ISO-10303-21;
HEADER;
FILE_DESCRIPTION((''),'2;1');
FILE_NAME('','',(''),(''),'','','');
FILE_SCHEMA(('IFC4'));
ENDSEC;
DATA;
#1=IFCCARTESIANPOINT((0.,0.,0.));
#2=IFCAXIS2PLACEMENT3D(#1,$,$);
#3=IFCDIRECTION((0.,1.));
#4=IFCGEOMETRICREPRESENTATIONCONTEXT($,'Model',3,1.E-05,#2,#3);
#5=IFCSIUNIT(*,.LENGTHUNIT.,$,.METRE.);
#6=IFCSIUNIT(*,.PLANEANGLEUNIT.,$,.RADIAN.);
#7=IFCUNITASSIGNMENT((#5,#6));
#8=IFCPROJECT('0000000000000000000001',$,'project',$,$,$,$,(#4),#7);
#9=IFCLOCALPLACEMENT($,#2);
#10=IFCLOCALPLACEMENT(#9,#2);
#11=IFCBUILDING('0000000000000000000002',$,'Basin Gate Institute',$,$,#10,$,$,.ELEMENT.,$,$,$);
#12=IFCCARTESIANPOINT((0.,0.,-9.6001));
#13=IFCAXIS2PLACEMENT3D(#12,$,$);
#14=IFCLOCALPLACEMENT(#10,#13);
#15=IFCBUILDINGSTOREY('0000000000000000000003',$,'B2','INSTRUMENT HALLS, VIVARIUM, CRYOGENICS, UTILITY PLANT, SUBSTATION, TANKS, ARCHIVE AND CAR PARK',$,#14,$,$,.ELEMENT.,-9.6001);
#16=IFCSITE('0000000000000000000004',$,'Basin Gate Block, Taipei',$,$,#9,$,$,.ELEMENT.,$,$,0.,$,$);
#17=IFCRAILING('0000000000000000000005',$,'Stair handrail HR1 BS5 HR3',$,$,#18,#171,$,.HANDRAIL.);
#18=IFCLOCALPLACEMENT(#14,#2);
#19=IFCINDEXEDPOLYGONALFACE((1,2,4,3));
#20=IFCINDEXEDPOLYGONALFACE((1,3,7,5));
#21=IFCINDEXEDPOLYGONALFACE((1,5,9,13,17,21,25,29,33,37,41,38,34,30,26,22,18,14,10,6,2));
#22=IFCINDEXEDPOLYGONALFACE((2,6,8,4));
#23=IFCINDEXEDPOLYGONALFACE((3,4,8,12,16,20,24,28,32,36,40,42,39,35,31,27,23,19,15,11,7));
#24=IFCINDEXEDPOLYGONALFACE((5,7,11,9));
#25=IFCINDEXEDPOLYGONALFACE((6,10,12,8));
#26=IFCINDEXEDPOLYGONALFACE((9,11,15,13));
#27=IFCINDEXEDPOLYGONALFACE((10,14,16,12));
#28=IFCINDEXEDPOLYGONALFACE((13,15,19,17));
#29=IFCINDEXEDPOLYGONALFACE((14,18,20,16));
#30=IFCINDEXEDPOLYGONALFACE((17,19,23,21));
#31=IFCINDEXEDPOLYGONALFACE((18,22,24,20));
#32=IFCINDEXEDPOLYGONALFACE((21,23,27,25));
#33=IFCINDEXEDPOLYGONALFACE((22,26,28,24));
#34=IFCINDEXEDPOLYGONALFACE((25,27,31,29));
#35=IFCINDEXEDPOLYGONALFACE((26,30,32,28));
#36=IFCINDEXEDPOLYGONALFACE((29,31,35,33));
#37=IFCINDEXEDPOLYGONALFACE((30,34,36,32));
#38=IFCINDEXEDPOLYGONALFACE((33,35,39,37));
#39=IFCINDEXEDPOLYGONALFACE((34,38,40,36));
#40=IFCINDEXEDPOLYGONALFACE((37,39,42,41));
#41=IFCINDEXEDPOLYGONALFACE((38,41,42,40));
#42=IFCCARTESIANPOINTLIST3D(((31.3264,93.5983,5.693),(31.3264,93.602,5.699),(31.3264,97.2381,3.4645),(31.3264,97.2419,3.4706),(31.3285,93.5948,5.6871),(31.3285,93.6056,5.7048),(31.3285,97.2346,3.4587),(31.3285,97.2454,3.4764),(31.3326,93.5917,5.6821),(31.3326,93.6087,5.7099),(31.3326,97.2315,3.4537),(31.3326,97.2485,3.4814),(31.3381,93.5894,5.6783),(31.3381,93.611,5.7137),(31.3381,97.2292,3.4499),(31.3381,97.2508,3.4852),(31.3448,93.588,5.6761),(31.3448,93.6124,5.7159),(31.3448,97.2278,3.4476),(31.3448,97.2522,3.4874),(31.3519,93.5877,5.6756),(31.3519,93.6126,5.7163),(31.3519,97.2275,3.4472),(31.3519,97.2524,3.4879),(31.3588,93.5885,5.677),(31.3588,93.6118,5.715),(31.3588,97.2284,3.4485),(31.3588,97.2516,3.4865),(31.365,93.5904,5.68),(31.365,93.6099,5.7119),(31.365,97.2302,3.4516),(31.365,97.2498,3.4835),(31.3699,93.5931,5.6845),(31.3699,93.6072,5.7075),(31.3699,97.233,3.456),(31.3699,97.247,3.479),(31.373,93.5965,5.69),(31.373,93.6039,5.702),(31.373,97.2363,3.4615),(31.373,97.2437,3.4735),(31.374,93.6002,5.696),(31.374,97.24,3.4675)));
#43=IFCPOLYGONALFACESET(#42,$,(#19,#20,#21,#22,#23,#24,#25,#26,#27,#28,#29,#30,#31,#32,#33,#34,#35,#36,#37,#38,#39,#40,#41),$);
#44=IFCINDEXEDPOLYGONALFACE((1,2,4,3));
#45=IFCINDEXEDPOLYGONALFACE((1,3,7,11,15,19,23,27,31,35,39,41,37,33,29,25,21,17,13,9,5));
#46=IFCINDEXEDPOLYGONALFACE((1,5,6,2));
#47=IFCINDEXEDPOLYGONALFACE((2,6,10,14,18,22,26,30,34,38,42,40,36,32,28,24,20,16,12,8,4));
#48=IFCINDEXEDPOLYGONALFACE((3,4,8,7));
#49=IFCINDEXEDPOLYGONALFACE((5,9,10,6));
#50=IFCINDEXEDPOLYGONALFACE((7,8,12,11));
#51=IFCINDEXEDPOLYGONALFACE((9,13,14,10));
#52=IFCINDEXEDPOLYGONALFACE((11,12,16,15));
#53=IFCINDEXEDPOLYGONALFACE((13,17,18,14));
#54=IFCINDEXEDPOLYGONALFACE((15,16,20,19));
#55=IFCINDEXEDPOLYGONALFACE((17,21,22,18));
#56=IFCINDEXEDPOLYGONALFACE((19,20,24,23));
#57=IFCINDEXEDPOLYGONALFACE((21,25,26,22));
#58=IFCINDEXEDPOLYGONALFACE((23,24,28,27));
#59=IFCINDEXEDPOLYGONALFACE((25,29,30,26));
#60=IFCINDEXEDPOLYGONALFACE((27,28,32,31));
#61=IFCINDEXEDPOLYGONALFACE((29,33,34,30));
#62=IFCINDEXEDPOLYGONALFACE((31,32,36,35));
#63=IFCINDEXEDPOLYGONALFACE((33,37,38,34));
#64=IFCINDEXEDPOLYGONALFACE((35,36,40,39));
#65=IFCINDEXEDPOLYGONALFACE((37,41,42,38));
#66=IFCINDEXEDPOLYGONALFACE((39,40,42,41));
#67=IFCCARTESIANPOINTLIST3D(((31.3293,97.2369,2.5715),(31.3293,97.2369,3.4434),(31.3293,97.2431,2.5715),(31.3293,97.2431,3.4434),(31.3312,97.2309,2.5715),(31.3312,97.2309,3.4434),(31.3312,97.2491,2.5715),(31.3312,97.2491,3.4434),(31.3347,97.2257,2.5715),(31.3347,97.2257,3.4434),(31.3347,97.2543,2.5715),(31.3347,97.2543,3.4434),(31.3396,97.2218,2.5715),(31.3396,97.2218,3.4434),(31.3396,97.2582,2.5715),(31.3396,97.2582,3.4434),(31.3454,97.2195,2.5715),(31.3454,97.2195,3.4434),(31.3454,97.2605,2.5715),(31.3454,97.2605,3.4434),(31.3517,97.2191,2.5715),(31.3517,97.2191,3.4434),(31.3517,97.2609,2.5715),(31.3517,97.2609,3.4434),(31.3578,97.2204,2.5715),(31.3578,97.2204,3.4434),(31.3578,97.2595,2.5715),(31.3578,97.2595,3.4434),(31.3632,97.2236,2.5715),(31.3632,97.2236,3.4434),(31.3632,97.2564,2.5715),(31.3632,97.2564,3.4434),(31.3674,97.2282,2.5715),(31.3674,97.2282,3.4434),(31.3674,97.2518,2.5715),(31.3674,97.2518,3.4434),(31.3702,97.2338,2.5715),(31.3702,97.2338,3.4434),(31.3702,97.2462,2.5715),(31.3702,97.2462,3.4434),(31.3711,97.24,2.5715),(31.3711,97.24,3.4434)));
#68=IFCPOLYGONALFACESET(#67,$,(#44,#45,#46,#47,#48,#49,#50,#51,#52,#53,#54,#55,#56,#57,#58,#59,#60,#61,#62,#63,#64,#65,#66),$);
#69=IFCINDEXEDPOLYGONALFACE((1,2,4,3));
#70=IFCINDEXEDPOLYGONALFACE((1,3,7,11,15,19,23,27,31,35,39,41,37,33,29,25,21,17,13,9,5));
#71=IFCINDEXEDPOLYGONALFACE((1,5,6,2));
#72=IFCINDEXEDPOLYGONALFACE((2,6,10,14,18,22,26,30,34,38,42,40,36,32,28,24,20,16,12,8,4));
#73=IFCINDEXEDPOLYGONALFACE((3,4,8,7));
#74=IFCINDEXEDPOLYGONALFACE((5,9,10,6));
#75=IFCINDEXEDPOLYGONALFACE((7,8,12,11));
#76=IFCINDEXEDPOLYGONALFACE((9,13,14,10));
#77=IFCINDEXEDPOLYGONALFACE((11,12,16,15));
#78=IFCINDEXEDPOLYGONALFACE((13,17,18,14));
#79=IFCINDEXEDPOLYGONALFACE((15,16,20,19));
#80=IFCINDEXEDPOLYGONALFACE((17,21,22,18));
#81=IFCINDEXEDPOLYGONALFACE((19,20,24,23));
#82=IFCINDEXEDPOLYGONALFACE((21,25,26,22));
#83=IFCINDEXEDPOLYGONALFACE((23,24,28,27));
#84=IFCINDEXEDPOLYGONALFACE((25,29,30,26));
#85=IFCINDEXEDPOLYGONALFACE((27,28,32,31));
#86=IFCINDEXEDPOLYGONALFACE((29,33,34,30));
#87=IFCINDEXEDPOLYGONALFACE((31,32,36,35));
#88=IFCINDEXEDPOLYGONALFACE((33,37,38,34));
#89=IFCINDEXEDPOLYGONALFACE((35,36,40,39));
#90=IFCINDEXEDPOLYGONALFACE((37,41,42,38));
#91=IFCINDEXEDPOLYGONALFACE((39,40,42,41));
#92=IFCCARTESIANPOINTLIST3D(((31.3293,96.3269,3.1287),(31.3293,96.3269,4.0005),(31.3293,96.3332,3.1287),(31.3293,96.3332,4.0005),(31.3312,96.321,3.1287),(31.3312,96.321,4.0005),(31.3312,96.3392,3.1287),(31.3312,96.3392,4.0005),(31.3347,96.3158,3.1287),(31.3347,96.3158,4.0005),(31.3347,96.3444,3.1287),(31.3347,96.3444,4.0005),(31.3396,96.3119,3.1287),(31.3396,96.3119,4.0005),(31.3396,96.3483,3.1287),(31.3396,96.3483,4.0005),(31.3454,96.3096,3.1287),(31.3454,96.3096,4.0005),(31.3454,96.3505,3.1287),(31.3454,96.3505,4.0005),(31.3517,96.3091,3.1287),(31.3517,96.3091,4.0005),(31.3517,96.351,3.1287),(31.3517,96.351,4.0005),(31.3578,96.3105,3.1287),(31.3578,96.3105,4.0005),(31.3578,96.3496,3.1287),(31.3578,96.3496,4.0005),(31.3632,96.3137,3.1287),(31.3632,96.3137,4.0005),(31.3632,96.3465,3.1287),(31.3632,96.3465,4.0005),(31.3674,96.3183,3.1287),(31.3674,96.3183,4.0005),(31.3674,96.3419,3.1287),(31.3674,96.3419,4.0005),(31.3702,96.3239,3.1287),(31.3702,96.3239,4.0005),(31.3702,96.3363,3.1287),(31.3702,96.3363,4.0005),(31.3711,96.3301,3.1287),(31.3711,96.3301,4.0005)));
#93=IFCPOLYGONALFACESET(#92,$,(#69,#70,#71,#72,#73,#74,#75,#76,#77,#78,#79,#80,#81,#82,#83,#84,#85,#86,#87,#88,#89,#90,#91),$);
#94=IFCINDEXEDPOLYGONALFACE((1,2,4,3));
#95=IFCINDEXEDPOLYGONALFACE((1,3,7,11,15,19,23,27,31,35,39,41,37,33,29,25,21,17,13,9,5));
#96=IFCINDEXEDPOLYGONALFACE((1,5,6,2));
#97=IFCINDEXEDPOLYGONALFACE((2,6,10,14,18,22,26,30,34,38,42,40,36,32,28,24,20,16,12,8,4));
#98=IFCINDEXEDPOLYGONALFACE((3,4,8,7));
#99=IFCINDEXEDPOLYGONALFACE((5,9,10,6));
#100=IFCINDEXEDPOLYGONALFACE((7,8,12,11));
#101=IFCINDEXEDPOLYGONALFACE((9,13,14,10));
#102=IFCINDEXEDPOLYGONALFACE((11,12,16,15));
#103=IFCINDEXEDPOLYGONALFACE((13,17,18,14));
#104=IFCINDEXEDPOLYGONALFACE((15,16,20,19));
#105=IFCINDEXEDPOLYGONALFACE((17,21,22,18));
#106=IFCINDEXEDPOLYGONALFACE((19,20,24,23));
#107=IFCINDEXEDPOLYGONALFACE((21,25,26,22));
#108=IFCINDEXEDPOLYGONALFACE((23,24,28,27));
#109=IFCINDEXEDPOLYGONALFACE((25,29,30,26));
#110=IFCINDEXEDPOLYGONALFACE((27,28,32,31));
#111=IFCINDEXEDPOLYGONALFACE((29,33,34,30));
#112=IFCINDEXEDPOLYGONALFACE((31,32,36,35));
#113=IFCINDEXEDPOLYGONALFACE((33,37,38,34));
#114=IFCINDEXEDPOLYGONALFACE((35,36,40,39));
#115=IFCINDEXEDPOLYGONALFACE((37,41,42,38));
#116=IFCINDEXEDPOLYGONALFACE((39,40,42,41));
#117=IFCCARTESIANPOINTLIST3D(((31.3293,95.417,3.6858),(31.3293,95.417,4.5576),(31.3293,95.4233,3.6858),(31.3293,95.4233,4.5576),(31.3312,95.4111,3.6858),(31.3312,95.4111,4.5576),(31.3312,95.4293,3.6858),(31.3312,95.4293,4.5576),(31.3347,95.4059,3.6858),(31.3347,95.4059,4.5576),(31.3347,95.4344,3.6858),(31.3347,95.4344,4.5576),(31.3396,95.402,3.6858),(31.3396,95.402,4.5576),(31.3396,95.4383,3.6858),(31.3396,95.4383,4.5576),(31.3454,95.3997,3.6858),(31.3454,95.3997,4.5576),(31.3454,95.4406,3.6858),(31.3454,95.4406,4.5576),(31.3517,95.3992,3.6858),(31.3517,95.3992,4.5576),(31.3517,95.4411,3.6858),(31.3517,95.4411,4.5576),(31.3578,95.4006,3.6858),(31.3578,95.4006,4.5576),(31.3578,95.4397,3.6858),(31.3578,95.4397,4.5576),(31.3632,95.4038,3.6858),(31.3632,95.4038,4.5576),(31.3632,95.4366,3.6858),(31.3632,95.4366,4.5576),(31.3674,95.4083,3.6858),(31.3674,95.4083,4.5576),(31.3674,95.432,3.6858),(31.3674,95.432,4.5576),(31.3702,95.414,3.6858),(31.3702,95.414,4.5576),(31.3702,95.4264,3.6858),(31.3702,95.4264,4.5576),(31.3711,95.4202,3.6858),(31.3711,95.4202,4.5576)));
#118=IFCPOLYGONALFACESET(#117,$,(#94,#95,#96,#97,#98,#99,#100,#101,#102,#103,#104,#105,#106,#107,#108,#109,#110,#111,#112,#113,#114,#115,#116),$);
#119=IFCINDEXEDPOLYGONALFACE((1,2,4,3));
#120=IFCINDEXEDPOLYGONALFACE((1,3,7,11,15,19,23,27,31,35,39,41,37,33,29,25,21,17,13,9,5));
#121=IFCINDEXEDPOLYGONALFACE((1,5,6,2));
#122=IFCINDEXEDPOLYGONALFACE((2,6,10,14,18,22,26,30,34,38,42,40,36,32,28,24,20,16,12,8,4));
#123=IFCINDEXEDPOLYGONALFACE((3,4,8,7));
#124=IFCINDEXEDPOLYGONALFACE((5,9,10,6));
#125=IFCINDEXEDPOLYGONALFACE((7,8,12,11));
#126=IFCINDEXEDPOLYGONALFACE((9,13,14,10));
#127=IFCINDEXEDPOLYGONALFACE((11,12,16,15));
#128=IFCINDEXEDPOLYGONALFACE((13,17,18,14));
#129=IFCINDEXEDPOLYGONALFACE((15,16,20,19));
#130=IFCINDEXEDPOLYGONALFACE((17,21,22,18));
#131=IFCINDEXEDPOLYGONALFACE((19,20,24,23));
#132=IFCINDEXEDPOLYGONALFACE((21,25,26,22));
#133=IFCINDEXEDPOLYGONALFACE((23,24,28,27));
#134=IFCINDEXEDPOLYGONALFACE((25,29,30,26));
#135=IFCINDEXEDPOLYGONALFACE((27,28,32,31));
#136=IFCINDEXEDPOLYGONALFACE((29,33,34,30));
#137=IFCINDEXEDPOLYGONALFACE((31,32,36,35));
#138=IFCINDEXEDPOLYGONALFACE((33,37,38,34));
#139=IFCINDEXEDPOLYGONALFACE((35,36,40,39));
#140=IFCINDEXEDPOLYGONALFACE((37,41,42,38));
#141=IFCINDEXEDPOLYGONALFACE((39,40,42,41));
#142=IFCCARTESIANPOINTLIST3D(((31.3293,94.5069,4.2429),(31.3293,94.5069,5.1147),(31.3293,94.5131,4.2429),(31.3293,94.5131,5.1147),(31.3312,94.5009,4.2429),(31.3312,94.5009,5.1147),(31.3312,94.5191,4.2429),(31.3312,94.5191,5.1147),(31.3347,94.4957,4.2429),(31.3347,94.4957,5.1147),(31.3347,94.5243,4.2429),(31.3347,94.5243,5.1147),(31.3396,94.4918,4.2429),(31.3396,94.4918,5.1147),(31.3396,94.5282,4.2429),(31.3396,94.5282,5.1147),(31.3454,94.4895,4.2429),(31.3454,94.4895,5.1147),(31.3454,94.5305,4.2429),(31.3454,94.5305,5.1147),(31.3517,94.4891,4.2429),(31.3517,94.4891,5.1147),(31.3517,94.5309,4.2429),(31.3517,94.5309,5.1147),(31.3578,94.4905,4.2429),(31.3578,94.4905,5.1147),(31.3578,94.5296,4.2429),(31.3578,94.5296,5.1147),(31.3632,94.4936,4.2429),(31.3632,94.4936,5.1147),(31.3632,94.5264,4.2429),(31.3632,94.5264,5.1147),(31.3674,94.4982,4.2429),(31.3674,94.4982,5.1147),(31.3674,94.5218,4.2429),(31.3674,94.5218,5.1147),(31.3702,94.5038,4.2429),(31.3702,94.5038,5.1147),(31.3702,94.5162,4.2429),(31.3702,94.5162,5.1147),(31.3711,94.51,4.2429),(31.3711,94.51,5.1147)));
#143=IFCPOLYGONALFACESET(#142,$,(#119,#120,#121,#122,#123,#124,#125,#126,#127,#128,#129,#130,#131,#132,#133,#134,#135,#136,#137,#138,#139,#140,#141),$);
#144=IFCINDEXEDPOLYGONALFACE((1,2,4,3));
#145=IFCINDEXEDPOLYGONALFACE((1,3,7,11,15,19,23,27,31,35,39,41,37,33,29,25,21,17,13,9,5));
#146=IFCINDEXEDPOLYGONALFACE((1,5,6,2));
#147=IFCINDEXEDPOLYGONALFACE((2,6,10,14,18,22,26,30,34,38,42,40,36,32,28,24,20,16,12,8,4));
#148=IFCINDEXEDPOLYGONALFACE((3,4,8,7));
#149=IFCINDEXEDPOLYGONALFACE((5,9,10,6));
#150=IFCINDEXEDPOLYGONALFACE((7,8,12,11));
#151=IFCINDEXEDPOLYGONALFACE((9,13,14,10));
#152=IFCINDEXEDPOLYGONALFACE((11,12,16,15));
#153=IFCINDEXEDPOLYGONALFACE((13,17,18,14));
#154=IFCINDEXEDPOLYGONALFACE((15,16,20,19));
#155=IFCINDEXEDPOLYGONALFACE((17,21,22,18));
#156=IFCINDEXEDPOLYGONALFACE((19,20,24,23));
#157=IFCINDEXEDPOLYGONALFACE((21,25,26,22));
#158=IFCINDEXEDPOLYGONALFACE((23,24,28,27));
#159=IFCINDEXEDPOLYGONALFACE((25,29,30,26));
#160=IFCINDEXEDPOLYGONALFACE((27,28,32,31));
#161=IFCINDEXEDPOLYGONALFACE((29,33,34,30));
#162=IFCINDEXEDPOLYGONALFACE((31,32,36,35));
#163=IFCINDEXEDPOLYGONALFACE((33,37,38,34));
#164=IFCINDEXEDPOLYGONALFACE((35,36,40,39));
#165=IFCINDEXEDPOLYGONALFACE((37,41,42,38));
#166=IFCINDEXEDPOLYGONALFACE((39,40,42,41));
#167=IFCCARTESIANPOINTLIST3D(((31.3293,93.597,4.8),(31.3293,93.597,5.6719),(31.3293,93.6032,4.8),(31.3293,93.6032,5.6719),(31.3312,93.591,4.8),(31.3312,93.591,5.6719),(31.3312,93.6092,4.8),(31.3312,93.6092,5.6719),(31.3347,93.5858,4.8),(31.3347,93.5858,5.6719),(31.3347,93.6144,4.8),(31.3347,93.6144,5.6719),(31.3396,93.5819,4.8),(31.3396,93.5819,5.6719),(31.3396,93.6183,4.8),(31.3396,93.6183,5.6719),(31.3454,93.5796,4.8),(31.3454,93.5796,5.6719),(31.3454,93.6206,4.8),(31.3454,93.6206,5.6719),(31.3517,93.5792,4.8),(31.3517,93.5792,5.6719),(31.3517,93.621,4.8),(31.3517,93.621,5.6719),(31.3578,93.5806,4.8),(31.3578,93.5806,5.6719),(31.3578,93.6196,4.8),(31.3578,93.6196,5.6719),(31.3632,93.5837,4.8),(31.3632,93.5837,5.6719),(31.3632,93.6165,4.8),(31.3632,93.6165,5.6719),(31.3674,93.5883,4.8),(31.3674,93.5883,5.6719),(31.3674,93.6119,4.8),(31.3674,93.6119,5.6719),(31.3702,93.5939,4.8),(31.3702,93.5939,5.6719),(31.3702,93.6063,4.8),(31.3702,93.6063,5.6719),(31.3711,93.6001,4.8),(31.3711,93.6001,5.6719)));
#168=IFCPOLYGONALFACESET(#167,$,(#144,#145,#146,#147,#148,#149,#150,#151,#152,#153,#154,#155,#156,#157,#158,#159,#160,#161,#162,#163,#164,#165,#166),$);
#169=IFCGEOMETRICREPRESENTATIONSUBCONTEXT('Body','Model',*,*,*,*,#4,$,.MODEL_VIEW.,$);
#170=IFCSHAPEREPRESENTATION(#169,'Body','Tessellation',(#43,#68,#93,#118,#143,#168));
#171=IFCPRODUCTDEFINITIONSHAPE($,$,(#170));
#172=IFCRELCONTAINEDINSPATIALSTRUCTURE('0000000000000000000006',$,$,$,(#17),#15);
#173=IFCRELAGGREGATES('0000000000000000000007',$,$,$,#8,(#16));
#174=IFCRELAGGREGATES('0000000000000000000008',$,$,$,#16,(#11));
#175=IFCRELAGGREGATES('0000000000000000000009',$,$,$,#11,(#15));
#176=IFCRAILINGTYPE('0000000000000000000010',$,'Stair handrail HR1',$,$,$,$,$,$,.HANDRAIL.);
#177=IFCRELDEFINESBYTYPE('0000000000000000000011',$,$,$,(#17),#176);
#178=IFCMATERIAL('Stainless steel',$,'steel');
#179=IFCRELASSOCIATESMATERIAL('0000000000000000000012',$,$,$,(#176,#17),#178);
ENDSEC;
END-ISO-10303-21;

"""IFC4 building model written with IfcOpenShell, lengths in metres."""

from ifc_helpers import new_model, si_unit, direction, frame, origin, origin_2d, place, context, subcontext, project, spatial, circle, extrude, material, type_object, element, save


model = new_model("IFC4")

# Units and contexts
model_context = context("Model", 3, precision=1e-05, world=origin(), true_north=direction((0.0, 1.0)))
body_context = subcontext(model_context, "Body", "Model", "MODEL_VIEW")
ifc_project = project(units=[si_unit("LENGTHUNIT", "METRE"), si_unit("PLANEANGLEUNIT", "RADIAN")], contexts=[model_context])

# Site, building, storey
site_placement = place(None, origin())
site = spatial("IfcSite", under=ifc_project, at=site_placement, Name="Basin Gate Block, Taipei", CompositionType="ELEMENT", RefElevation=0.0)
building_placement = place(site_placement, origin())
building = spatial("IfcBuilding", under=site, at=building_placement, Name="Basin Gate Institute", CompositionType="ELEMENT")
storey_placement = place(building_placement, frame((0.0, 0.0, -9.6001)))
storey = spatial("IfcBuildingStorey", under=building, at=storey_placement, Name="B2", Description="INSTRUMENT HALLS, VIVARIUM, CRYOGENICS, UTILITY PLANT, SUBSTATION, TANKS, ARCHIVE AND CAR PARK", CompositionType="ELEMENT", Elevation=-9.6001)

# Railing
ifc_material_1 = material(Name="Stainless steel", Category="steel")
railing_type_1 = type_object("IfcRailingType", Name="Stair handrail HR1", PredefinedType="HANDRAIL", material=ifc_material_1)
railing_1_placement = place(storey_placement, frame((31.3501, 97.24, 2.5715)))
element("IfcRailing", 1, at=railing_1_placement, inside=storey, type_object=railing_type_1, material=ifc_material_1, Name="Stair handrail HR1 BS5 HR3", PredefinedType="HANDRAIL", context=body_context, shape_type="SweptSolid", body=[
    extrude(circle(Radius=0.0239, at=origin_2d()), frame((0.0, 0.0, 0.896), z_axis=(0.0, -0.85285, 0.522156), x_axis=(1.0, 0.0, 0.0)), (0.0, 0.0, 1.0), 4.2678),
    extrude(circle(Radius=0.021, at=origin_2d()), origin(), (0.0, 0.0, 1.0), 0.8718),
    extrude(circle(Radius=0.021, at=origin_2d()), frame((0.0, -0.9099, 0.5571)), (0.0, 0.0, 1.0), 0.8718),
    extrude(circle(Radius=0.021, at=origin_2d()), frame((0.0, -1.8198, 1.1143)), (0.0, 0.0, 1.0), 0.8718),
    extrude(circle(Radius=0.021, at=origin_2d()), frame((0.0, -2.73, 1.6714)), (0.0, 0.0, 1.0), 0.8718),
    extrude(circle(Radius=0.021, at=origin_2d()), frame((0.0, -3.6399, 2.2285)), (0.0, 0.0, 1.0), 0.8718),
])

save(model, "model.ifc")
